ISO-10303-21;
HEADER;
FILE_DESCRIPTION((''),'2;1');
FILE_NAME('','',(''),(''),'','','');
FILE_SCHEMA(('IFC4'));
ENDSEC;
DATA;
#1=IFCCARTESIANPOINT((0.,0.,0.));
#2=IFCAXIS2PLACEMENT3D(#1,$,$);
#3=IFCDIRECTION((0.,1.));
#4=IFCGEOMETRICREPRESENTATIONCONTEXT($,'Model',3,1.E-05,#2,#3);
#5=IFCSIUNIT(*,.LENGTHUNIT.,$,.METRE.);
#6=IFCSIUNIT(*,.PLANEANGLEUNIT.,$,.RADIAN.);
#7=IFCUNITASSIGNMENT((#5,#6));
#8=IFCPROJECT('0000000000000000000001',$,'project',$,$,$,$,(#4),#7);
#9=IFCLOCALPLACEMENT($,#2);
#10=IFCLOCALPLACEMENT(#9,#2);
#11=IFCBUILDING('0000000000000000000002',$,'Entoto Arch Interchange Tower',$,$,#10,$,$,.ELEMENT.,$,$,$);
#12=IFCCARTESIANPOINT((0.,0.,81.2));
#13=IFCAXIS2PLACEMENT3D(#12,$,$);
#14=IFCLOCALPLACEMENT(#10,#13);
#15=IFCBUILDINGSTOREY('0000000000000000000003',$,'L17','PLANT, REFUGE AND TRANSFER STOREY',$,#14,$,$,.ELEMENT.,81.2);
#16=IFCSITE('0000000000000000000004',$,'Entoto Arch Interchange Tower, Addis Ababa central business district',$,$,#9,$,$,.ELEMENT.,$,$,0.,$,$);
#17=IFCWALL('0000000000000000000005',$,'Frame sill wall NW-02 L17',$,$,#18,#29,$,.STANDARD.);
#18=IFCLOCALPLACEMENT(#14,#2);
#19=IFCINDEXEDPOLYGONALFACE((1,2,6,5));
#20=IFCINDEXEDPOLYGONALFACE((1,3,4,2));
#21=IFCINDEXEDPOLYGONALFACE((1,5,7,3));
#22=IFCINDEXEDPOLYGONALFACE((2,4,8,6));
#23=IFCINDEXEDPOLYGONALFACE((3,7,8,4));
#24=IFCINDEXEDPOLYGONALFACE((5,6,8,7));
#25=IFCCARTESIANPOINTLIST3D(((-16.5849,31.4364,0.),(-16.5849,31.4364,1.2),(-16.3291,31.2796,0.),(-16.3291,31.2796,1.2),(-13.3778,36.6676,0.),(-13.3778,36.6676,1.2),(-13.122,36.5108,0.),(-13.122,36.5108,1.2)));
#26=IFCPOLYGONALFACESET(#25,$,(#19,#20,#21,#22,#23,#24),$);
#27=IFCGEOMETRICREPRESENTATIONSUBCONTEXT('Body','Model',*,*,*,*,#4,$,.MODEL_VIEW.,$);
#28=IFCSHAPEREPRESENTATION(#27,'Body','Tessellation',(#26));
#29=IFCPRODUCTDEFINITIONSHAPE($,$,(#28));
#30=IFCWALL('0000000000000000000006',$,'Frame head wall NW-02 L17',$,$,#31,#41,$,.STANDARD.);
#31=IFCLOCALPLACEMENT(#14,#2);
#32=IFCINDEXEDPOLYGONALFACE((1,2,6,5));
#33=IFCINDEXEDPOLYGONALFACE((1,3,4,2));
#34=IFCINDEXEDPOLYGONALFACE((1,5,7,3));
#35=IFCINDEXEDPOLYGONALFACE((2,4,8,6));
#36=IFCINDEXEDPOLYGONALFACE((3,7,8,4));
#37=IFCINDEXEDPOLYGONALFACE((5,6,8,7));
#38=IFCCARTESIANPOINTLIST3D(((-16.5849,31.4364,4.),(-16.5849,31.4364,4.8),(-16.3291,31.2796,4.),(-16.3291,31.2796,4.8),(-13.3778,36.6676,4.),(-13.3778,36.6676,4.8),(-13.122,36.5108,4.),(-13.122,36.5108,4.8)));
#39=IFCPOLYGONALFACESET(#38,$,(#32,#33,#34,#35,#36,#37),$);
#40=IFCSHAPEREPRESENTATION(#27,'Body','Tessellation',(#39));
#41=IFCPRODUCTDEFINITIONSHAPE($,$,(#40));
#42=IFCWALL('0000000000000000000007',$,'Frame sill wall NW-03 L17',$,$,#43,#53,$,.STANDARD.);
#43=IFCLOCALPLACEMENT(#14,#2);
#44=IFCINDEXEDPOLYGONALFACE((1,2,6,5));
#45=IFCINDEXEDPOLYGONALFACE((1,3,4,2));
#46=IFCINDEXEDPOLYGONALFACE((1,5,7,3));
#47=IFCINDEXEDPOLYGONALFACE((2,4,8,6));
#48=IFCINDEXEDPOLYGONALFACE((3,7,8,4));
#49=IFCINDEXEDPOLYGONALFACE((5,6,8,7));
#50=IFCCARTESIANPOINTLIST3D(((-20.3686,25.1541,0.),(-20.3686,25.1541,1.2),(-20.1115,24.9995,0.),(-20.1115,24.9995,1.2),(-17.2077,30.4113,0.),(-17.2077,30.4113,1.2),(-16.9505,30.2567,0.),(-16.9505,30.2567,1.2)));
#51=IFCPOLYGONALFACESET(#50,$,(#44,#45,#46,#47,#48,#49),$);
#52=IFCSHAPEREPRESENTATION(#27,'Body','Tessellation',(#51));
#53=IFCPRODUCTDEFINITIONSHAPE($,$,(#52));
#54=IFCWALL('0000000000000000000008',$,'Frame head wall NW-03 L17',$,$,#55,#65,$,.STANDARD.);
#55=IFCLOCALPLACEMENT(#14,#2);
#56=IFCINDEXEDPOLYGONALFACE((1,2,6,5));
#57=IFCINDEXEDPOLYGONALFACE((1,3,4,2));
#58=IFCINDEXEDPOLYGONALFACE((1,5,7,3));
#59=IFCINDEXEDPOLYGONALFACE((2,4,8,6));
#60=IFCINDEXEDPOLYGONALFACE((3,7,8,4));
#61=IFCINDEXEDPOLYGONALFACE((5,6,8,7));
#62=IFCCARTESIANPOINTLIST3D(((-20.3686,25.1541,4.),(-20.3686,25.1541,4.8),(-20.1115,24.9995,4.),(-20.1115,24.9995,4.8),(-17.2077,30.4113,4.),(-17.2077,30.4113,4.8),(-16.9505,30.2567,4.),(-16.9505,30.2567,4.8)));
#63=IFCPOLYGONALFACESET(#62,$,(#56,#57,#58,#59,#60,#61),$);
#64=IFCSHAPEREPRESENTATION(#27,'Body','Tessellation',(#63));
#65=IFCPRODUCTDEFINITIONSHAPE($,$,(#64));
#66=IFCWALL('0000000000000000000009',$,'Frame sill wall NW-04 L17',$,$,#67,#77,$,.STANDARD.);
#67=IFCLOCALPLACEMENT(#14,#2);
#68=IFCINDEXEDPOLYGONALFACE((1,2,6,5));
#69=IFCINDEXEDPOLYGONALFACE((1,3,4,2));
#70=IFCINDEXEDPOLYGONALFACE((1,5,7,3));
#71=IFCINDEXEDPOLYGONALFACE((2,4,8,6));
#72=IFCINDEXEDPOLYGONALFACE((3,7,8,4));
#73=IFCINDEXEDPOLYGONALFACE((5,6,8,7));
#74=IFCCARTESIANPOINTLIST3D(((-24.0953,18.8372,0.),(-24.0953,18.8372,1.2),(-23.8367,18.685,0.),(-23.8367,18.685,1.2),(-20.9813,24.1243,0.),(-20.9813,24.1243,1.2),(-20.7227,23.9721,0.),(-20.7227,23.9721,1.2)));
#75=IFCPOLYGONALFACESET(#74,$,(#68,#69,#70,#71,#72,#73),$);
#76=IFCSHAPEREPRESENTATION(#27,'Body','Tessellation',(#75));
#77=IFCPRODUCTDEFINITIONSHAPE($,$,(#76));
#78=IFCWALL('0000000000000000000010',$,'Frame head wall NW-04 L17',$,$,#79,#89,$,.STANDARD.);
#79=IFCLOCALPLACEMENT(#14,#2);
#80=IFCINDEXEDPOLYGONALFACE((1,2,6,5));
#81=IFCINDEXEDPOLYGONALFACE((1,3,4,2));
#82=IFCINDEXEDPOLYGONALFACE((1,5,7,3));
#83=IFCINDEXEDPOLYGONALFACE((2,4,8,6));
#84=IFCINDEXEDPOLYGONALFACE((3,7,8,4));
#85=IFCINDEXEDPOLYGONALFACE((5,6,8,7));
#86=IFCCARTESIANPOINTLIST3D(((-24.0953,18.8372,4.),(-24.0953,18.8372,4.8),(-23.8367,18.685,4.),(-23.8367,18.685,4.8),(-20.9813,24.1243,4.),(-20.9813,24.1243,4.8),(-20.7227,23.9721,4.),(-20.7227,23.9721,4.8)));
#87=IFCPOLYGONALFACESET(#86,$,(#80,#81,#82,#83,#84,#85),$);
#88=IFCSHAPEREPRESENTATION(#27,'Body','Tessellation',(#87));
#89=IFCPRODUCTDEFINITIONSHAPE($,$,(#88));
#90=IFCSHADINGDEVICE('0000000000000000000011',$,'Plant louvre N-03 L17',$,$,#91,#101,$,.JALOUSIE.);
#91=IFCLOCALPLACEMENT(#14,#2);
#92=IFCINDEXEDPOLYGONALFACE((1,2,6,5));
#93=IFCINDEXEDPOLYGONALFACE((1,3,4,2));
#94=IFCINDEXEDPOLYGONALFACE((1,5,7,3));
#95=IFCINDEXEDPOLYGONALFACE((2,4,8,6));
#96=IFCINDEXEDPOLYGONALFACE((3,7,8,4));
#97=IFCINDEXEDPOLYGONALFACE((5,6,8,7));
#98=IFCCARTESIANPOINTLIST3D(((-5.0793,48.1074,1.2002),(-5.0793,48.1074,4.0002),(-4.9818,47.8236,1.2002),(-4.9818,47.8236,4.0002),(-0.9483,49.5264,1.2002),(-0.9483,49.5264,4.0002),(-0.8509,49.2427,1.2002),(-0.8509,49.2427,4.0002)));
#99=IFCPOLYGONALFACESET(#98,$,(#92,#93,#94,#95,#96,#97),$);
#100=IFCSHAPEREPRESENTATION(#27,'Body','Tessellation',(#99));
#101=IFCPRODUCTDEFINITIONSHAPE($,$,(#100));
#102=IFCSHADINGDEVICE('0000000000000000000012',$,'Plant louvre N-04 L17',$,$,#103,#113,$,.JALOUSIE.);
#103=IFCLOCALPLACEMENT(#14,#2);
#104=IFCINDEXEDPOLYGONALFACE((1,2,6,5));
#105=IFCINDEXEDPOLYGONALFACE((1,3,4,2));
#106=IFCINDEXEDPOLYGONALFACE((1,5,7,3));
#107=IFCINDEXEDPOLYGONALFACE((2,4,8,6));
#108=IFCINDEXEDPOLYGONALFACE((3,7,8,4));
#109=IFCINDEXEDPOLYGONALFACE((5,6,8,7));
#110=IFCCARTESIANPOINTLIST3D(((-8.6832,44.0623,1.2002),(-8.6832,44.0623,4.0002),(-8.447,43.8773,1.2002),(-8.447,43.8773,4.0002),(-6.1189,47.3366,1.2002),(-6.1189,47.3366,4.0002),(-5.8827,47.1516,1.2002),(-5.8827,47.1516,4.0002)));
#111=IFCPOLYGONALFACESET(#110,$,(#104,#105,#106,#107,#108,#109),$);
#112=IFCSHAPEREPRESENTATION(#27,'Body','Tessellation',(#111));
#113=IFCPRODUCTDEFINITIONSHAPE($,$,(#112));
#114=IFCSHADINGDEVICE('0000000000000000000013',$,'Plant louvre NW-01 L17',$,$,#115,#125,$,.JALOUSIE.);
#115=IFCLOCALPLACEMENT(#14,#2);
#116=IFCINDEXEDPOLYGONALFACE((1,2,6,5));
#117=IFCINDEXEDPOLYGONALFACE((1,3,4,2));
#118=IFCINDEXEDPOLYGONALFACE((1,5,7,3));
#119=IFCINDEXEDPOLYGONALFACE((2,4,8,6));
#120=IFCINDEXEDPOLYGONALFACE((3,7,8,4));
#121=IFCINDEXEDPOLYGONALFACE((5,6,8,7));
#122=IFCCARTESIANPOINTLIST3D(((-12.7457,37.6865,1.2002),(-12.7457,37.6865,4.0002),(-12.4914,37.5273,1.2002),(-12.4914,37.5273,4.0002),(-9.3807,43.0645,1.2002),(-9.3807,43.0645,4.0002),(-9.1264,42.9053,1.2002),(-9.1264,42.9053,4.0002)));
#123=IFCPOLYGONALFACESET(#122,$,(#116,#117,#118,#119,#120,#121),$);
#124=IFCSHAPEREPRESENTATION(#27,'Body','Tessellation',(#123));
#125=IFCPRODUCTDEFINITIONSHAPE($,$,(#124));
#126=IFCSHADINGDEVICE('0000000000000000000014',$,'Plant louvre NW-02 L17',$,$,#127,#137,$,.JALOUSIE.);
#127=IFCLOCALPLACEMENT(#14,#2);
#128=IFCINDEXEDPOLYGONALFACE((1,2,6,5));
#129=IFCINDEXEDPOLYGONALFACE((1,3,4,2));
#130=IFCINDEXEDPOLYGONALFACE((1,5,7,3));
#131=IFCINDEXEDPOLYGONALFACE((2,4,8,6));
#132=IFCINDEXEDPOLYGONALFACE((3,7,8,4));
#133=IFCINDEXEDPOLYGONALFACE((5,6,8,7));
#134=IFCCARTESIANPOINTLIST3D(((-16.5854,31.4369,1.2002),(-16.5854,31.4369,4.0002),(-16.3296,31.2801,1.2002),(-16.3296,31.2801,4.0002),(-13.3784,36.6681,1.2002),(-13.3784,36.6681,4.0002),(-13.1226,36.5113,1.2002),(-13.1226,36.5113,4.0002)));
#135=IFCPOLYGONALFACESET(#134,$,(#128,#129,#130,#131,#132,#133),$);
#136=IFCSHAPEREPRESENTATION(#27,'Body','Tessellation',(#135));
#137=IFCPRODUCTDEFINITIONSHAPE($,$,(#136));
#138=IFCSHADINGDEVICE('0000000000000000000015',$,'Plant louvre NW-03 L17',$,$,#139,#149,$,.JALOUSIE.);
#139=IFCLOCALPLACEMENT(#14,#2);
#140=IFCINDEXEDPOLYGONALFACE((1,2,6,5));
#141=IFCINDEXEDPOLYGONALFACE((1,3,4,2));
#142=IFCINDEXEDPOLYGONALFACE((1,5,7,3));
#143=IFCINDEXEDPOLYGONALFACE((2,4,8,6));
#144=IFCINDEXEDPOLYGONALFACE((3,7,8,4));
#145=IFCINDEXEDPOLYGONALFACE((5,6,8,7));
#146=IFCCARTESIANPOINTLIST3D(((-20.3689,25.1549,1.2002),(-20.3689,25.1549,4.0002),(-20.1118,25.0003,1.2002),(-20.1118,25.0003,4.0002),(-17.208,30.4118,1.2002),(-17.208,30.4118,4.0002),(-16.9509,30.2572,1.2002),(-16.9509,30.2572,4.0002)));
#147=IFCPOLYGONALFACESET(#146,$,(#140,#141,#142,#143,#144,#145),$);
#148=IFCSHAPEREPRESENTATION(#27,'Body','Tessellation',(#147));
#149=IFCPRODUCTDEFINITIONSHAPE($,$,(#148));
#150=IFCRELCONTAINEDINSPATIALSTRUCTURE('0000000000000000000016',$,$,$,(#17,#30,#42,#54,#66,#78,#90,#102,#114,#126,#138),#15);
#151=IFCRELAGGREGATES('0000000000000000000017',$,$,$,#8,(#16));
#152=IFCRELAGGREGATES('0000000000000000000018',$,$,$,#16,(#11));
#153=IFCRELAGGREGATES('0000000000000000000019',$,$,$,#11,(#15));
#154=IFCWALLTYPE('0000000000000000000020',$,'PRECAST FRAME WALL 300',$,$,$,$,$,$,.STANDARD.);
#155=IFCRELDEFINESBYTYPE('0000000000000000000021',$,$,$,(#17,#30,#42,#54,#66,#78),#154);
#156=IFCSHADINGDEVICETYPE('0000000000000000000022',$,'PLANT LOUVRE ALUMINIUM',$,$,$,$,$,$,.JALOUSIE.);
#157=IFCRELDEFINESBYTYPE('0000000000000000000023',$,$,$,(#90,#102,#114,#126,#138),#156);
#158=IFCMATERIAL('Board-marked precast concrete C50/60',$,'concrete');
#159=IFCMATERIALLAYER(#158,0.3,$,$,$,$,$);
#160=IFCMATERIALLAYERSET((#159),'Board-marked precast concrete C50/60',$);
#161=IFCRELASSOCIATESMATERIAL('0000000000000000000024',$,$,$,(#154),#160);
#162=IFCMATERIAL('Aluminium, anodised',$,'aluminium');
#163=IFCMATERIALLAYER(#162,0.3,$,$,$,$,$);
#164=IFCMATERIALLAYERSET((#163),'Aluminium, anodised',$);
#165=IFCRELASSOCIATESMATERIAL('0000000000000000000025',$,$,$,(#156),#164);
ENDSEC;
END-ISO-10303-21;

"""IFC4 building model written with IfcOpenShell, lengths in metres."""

from ifc_helpers import new_model, si_unit, direction, frame, frame_2d, origin, origin_2d, place, context, subcontext, project, spatial, rectangle, extrude, material, layer, layer_set, type_object, element, save


model = new_model("IFC4")

# Units and contexts
model_context = context("Model", 3, precision=1e-05, world=origin(), true_north=direction((0.0, 1.0)))
body_context = subcontext(model_context, "Body", "Model", "MODEL_VIEW")
ifc_project = project(units=[si_unit("LENGTHUNIT", "METRE"), si_unit("PLANEANGLEUNIT", "RADIAN")], contexts=[model_context])

# Site, building, storey
site_placement = place(None, origin())
site = spatial("IfcSite", under=ifc_project, at=site_placement, Name="Entoto Arch Interchange Tower, Addis Ababa central business district", CompositionType="ELEMENT", RefElevation=0.0)
building_placement = place(site_placement, origin())
building = spatial("IfcBuilding", under=site, at=building_placement, Name="Entoto Arch Interchange Tower", CompositionType="ELEMENT")
storey_placement = place(building_placement, frame((0.0, 0.0, 81.2)))
storey = spatial("IfcBuildingStorey", under=building, at=storey_placement, Name="L17", Description="PLANT, REFUGE AND TRANSFER STOREY", CompositionType="ELEMENT", Elevation=81.2)

# Walls
ifc_material_1 = material(Name="Board-marked precast concrete C50/60", Category="concrete")
ifc_layer_1 = layer(ifc_material_1, 0.3)
ifc_layer_set_1 = layer_set([ifc_layer_1], Name="Board-marked precast concrete C50/60")
wall_type_1 = type_object("IfcWallType", Name="PRECAST FRAME WALL 300", PredefinedType="STANDARD", material=ifc_layer_set_1)
wall_1_placement = place(storey_placement, frame((-13.25, 36.5891, 0.0), z_axis=(0.0, 0.0, 1.0), x_axis=(-0.522658, -0.852542, 0.0)))
element("IfcWall", 1, at=wall_1_placement, inside=storey, type_object=wall_type_1, Name="Frame sill wall NW-02 L17", PredefinedType="STANDARD", context=body_context, shape_type="SweptSolid", body=[
    extrude(rectangle(XDim=6.136, YDim=0.3, at=frame_2d((3.0679, 0.0))), origin(), (0.0, 0.0, 1.0), 1.2),
])
wall_2_placement = place(storey_placement, frame((-13.25, 36.5891, 4.0), z_axis=(0.0, 0.0, 1.0), x_axis=(-0.522658, -0.852542, 0.0)))
element("IfcWall", 2, at=wall_2_placement, inside=storey, type_object=wall_type_1, Name="Frame head wall NW-02 L17", PredefinedType="STANDARD", context=body_context, shape_type="SweptSolid", body=[
    extrude(rectangle(XDim=6.136, YDim=0.3, at=frame_2d((3.0679, 0.0))), origin(), (0.0, 0.0, 1.0), 0.8),
])
wall_3_placement = place(storey_placement, frame((-17.0791, 30.334, 0.0), z_axis=(0.0, 0.0, 1.0), x_axis=(-0.515292, -0.857015, 0.0)))
element("IfcWall", 3, at=wall_3_placement, inside=storey, type_object=wall_type_1, Name="Frame sill wall NW-03 L17", PredefinedType="STANDARD", context=body_context, shape_type="SweptSolid", body=[
    extrude(rectangle(XDim=6.1343, YDim=0.3, at=frame_2d((3.0671, 0.0))), origin(), (0.0, 0.0, 1.0), 1.2),
])
wall_4_placement = place(storey_placement, frame((-17.0791, 30.334, 4.0), z_axis=(0.0, 0.0, 1.0), x_axis=(-0.515292, -0.857015, 0.0)))
element("IfcWall", 4, at=wall_4_placement, inside=storey, type_object=wall_type_1, Name="Frame head wall NW-03 L17", PredefinedType="STANDARD", context=body_context, shape_type="SweptSolid", body=[
    extrude(rectangle(XDim=6.1343, YDim=0.3, at=frame_2d((3.0671, 0.0))), origin(), (0.0, 0.0, 1.0), 0.8),
])
wall_5_placement = place(storey_placement, frame((-20.8521, 24.0481, 0.0), z_axis=(0.0, 0.0, 1.0), x_axis=(-0.507498, -0.861653, 0.0)))
element("IfcWall", 5, at=wall_5_placement, inside=storey, type_object=wall_type_1, Name="Frame sill wall NW-04 L17", PredefinedType="STANDARD", context=body_context, shape_type="SweptSolid", body=[
    extrude(rectangle(XDim=6.136, YDim=0.3, at=frame_2d((3.0679, 0.0))), origin(), (0.0, 0.0, 1.0), 1.2),
])
wall_6_placement = place(storey_placement, frame((-20.8521, 24.0481, 4.0), z_axis=(0.0, 0.0, 1.0), x_axis=(-0.507498, -0.861653, 0.0)))
element("IfcWall", 6, at=wall_6_placement, inside=storey, type_object=wall_type_1, Name="Frame head wall NW-04 L17", PredefinedType="STANDARD", context=body_context, shape_type="SweptSolid", body=[
    extrude(rectangle(XDim=6.136, YDim=0.3, at=frame_2d((3.0679, 0.0))), origin(), (0.0, 0.0, 1.0), 0.8),
])

# Shading devices
ifc_material_2 = material(Name="Aluminium, anodised", Category="aluminium")
ifc_layer_2 = layer(ifc_material_2, 0.3)
ifc_layer_set_2 = layer_set([ifc_layer_2], Name="Aluminium, anodised")
shading_device_type = type_object("IfcShadingDeviceType", Name="PLANT LOUVRE ALUMINIUM", PredefinedType="JALOUSIE", material=ifc_layer_set_2)
shading_device_1_placement = place(storey_placement, frame((-2.9651, 48.675, 1.2002), z_axis=(0.0, 0.0, 1.0), x_axis=(-0.945757, -0.324875, 0.0)))
element("IfcShadingDevice", 7, at=shading_device_1_placement, inside=storey, type_object=shading_device_type, Name="Plant louvre N-03 L17", PredefinedType="JALOUSIE", context=body_context, shape_type="SweptSolid", body=[
    extrude(rectangle(XDim=4.3679, YDim=0.3, at=origin_2d()), origin(), (0.0, 0.0, 1.0), 2.8),
])
shading_device_2_placement = place(storey_placement, frame((-7.283, 45.6069, 1.2002), z_axis=(0.0, 0.0, 1.0), x_axis=(-0.616569, -0.787301, 0.0)))
element("IfcShadingDevice", 8, at=shading_device_2_placement, inside=storey, type_object=shading_device_type, Name="Plant louvre N-04 L17", PredefinedType="JALOUSIE", context=body_context, shape_type="SweptSolid", body=[
    extrude(rectangle(XDim=4.1589, YDim=0.3, at=origin_2d()), origin(), (0.0, 0.0, 1.0), 2.8),
])
shading_device_3_placement = place(storey_placement, frame((-10.936, 40.2959, 1.2002), z_axis=(0.0, 0.0, 1.0), x_axis=(-0.530422, -0.847733, 0.0)))
element("IfcShadingDevice", 9, at=shading_device_3_placement, inside=storey, type_object=shading_device_type, Name="Plant louvre NW-01 L17", PredefinedType="JALOUSIE", context=body_context, shape_type="SweptSolid", body=[
    extrude(rectangle(XDim=6.344, YDim=0.3, at=origin_2d()), origin(), (0.0, 0.0, 1.0), 2.8),
])
shading_device_4_placement = place(storey_placement, frame((-14.854, 33.9741, 1.2002), z_axis=(0.0, 0.0, 1.0), x_axis=(-0.522662, -0.85254, 0.0)))
element("IfcShadingDevice", 10, at=shading_device_4_placement, inside=storey, type_object=shading_device_type, Name="Plant louvre NW-02 L17", PredefinedType="JALOUSIE", context=body_context, shape_type="SweptSolid", body=[
    extrude(rectangle(XDim=6.136, YDim=0.3, at=origin_2d()), origin(), (0.0, 0.0, 1.0), 2.8),
])
shading_device_5_placement = place(storey_placement, frame((-18.6599, 27.7061, 1.2002), z_axis=(0.0, 0.0, 1.0), x_axis=(-0.515307, -0.857005, 0.0)))
element("IfcShadingDevice", 11, at=shading_device_5_placement, inside=storey, type_object=shading_device_type, Name="Plant louvre NW-03 L17", PredefinedType="JALOUSIE", context=body_context, shape_type="SweptSolid", body=[
    extrude(rectangle(XDim=6.134, YDim=0.3, at=origin_2d()), origin(), (0.0, 0.0, 1.0), 2.8),
])

save(model, "model.ifc")
